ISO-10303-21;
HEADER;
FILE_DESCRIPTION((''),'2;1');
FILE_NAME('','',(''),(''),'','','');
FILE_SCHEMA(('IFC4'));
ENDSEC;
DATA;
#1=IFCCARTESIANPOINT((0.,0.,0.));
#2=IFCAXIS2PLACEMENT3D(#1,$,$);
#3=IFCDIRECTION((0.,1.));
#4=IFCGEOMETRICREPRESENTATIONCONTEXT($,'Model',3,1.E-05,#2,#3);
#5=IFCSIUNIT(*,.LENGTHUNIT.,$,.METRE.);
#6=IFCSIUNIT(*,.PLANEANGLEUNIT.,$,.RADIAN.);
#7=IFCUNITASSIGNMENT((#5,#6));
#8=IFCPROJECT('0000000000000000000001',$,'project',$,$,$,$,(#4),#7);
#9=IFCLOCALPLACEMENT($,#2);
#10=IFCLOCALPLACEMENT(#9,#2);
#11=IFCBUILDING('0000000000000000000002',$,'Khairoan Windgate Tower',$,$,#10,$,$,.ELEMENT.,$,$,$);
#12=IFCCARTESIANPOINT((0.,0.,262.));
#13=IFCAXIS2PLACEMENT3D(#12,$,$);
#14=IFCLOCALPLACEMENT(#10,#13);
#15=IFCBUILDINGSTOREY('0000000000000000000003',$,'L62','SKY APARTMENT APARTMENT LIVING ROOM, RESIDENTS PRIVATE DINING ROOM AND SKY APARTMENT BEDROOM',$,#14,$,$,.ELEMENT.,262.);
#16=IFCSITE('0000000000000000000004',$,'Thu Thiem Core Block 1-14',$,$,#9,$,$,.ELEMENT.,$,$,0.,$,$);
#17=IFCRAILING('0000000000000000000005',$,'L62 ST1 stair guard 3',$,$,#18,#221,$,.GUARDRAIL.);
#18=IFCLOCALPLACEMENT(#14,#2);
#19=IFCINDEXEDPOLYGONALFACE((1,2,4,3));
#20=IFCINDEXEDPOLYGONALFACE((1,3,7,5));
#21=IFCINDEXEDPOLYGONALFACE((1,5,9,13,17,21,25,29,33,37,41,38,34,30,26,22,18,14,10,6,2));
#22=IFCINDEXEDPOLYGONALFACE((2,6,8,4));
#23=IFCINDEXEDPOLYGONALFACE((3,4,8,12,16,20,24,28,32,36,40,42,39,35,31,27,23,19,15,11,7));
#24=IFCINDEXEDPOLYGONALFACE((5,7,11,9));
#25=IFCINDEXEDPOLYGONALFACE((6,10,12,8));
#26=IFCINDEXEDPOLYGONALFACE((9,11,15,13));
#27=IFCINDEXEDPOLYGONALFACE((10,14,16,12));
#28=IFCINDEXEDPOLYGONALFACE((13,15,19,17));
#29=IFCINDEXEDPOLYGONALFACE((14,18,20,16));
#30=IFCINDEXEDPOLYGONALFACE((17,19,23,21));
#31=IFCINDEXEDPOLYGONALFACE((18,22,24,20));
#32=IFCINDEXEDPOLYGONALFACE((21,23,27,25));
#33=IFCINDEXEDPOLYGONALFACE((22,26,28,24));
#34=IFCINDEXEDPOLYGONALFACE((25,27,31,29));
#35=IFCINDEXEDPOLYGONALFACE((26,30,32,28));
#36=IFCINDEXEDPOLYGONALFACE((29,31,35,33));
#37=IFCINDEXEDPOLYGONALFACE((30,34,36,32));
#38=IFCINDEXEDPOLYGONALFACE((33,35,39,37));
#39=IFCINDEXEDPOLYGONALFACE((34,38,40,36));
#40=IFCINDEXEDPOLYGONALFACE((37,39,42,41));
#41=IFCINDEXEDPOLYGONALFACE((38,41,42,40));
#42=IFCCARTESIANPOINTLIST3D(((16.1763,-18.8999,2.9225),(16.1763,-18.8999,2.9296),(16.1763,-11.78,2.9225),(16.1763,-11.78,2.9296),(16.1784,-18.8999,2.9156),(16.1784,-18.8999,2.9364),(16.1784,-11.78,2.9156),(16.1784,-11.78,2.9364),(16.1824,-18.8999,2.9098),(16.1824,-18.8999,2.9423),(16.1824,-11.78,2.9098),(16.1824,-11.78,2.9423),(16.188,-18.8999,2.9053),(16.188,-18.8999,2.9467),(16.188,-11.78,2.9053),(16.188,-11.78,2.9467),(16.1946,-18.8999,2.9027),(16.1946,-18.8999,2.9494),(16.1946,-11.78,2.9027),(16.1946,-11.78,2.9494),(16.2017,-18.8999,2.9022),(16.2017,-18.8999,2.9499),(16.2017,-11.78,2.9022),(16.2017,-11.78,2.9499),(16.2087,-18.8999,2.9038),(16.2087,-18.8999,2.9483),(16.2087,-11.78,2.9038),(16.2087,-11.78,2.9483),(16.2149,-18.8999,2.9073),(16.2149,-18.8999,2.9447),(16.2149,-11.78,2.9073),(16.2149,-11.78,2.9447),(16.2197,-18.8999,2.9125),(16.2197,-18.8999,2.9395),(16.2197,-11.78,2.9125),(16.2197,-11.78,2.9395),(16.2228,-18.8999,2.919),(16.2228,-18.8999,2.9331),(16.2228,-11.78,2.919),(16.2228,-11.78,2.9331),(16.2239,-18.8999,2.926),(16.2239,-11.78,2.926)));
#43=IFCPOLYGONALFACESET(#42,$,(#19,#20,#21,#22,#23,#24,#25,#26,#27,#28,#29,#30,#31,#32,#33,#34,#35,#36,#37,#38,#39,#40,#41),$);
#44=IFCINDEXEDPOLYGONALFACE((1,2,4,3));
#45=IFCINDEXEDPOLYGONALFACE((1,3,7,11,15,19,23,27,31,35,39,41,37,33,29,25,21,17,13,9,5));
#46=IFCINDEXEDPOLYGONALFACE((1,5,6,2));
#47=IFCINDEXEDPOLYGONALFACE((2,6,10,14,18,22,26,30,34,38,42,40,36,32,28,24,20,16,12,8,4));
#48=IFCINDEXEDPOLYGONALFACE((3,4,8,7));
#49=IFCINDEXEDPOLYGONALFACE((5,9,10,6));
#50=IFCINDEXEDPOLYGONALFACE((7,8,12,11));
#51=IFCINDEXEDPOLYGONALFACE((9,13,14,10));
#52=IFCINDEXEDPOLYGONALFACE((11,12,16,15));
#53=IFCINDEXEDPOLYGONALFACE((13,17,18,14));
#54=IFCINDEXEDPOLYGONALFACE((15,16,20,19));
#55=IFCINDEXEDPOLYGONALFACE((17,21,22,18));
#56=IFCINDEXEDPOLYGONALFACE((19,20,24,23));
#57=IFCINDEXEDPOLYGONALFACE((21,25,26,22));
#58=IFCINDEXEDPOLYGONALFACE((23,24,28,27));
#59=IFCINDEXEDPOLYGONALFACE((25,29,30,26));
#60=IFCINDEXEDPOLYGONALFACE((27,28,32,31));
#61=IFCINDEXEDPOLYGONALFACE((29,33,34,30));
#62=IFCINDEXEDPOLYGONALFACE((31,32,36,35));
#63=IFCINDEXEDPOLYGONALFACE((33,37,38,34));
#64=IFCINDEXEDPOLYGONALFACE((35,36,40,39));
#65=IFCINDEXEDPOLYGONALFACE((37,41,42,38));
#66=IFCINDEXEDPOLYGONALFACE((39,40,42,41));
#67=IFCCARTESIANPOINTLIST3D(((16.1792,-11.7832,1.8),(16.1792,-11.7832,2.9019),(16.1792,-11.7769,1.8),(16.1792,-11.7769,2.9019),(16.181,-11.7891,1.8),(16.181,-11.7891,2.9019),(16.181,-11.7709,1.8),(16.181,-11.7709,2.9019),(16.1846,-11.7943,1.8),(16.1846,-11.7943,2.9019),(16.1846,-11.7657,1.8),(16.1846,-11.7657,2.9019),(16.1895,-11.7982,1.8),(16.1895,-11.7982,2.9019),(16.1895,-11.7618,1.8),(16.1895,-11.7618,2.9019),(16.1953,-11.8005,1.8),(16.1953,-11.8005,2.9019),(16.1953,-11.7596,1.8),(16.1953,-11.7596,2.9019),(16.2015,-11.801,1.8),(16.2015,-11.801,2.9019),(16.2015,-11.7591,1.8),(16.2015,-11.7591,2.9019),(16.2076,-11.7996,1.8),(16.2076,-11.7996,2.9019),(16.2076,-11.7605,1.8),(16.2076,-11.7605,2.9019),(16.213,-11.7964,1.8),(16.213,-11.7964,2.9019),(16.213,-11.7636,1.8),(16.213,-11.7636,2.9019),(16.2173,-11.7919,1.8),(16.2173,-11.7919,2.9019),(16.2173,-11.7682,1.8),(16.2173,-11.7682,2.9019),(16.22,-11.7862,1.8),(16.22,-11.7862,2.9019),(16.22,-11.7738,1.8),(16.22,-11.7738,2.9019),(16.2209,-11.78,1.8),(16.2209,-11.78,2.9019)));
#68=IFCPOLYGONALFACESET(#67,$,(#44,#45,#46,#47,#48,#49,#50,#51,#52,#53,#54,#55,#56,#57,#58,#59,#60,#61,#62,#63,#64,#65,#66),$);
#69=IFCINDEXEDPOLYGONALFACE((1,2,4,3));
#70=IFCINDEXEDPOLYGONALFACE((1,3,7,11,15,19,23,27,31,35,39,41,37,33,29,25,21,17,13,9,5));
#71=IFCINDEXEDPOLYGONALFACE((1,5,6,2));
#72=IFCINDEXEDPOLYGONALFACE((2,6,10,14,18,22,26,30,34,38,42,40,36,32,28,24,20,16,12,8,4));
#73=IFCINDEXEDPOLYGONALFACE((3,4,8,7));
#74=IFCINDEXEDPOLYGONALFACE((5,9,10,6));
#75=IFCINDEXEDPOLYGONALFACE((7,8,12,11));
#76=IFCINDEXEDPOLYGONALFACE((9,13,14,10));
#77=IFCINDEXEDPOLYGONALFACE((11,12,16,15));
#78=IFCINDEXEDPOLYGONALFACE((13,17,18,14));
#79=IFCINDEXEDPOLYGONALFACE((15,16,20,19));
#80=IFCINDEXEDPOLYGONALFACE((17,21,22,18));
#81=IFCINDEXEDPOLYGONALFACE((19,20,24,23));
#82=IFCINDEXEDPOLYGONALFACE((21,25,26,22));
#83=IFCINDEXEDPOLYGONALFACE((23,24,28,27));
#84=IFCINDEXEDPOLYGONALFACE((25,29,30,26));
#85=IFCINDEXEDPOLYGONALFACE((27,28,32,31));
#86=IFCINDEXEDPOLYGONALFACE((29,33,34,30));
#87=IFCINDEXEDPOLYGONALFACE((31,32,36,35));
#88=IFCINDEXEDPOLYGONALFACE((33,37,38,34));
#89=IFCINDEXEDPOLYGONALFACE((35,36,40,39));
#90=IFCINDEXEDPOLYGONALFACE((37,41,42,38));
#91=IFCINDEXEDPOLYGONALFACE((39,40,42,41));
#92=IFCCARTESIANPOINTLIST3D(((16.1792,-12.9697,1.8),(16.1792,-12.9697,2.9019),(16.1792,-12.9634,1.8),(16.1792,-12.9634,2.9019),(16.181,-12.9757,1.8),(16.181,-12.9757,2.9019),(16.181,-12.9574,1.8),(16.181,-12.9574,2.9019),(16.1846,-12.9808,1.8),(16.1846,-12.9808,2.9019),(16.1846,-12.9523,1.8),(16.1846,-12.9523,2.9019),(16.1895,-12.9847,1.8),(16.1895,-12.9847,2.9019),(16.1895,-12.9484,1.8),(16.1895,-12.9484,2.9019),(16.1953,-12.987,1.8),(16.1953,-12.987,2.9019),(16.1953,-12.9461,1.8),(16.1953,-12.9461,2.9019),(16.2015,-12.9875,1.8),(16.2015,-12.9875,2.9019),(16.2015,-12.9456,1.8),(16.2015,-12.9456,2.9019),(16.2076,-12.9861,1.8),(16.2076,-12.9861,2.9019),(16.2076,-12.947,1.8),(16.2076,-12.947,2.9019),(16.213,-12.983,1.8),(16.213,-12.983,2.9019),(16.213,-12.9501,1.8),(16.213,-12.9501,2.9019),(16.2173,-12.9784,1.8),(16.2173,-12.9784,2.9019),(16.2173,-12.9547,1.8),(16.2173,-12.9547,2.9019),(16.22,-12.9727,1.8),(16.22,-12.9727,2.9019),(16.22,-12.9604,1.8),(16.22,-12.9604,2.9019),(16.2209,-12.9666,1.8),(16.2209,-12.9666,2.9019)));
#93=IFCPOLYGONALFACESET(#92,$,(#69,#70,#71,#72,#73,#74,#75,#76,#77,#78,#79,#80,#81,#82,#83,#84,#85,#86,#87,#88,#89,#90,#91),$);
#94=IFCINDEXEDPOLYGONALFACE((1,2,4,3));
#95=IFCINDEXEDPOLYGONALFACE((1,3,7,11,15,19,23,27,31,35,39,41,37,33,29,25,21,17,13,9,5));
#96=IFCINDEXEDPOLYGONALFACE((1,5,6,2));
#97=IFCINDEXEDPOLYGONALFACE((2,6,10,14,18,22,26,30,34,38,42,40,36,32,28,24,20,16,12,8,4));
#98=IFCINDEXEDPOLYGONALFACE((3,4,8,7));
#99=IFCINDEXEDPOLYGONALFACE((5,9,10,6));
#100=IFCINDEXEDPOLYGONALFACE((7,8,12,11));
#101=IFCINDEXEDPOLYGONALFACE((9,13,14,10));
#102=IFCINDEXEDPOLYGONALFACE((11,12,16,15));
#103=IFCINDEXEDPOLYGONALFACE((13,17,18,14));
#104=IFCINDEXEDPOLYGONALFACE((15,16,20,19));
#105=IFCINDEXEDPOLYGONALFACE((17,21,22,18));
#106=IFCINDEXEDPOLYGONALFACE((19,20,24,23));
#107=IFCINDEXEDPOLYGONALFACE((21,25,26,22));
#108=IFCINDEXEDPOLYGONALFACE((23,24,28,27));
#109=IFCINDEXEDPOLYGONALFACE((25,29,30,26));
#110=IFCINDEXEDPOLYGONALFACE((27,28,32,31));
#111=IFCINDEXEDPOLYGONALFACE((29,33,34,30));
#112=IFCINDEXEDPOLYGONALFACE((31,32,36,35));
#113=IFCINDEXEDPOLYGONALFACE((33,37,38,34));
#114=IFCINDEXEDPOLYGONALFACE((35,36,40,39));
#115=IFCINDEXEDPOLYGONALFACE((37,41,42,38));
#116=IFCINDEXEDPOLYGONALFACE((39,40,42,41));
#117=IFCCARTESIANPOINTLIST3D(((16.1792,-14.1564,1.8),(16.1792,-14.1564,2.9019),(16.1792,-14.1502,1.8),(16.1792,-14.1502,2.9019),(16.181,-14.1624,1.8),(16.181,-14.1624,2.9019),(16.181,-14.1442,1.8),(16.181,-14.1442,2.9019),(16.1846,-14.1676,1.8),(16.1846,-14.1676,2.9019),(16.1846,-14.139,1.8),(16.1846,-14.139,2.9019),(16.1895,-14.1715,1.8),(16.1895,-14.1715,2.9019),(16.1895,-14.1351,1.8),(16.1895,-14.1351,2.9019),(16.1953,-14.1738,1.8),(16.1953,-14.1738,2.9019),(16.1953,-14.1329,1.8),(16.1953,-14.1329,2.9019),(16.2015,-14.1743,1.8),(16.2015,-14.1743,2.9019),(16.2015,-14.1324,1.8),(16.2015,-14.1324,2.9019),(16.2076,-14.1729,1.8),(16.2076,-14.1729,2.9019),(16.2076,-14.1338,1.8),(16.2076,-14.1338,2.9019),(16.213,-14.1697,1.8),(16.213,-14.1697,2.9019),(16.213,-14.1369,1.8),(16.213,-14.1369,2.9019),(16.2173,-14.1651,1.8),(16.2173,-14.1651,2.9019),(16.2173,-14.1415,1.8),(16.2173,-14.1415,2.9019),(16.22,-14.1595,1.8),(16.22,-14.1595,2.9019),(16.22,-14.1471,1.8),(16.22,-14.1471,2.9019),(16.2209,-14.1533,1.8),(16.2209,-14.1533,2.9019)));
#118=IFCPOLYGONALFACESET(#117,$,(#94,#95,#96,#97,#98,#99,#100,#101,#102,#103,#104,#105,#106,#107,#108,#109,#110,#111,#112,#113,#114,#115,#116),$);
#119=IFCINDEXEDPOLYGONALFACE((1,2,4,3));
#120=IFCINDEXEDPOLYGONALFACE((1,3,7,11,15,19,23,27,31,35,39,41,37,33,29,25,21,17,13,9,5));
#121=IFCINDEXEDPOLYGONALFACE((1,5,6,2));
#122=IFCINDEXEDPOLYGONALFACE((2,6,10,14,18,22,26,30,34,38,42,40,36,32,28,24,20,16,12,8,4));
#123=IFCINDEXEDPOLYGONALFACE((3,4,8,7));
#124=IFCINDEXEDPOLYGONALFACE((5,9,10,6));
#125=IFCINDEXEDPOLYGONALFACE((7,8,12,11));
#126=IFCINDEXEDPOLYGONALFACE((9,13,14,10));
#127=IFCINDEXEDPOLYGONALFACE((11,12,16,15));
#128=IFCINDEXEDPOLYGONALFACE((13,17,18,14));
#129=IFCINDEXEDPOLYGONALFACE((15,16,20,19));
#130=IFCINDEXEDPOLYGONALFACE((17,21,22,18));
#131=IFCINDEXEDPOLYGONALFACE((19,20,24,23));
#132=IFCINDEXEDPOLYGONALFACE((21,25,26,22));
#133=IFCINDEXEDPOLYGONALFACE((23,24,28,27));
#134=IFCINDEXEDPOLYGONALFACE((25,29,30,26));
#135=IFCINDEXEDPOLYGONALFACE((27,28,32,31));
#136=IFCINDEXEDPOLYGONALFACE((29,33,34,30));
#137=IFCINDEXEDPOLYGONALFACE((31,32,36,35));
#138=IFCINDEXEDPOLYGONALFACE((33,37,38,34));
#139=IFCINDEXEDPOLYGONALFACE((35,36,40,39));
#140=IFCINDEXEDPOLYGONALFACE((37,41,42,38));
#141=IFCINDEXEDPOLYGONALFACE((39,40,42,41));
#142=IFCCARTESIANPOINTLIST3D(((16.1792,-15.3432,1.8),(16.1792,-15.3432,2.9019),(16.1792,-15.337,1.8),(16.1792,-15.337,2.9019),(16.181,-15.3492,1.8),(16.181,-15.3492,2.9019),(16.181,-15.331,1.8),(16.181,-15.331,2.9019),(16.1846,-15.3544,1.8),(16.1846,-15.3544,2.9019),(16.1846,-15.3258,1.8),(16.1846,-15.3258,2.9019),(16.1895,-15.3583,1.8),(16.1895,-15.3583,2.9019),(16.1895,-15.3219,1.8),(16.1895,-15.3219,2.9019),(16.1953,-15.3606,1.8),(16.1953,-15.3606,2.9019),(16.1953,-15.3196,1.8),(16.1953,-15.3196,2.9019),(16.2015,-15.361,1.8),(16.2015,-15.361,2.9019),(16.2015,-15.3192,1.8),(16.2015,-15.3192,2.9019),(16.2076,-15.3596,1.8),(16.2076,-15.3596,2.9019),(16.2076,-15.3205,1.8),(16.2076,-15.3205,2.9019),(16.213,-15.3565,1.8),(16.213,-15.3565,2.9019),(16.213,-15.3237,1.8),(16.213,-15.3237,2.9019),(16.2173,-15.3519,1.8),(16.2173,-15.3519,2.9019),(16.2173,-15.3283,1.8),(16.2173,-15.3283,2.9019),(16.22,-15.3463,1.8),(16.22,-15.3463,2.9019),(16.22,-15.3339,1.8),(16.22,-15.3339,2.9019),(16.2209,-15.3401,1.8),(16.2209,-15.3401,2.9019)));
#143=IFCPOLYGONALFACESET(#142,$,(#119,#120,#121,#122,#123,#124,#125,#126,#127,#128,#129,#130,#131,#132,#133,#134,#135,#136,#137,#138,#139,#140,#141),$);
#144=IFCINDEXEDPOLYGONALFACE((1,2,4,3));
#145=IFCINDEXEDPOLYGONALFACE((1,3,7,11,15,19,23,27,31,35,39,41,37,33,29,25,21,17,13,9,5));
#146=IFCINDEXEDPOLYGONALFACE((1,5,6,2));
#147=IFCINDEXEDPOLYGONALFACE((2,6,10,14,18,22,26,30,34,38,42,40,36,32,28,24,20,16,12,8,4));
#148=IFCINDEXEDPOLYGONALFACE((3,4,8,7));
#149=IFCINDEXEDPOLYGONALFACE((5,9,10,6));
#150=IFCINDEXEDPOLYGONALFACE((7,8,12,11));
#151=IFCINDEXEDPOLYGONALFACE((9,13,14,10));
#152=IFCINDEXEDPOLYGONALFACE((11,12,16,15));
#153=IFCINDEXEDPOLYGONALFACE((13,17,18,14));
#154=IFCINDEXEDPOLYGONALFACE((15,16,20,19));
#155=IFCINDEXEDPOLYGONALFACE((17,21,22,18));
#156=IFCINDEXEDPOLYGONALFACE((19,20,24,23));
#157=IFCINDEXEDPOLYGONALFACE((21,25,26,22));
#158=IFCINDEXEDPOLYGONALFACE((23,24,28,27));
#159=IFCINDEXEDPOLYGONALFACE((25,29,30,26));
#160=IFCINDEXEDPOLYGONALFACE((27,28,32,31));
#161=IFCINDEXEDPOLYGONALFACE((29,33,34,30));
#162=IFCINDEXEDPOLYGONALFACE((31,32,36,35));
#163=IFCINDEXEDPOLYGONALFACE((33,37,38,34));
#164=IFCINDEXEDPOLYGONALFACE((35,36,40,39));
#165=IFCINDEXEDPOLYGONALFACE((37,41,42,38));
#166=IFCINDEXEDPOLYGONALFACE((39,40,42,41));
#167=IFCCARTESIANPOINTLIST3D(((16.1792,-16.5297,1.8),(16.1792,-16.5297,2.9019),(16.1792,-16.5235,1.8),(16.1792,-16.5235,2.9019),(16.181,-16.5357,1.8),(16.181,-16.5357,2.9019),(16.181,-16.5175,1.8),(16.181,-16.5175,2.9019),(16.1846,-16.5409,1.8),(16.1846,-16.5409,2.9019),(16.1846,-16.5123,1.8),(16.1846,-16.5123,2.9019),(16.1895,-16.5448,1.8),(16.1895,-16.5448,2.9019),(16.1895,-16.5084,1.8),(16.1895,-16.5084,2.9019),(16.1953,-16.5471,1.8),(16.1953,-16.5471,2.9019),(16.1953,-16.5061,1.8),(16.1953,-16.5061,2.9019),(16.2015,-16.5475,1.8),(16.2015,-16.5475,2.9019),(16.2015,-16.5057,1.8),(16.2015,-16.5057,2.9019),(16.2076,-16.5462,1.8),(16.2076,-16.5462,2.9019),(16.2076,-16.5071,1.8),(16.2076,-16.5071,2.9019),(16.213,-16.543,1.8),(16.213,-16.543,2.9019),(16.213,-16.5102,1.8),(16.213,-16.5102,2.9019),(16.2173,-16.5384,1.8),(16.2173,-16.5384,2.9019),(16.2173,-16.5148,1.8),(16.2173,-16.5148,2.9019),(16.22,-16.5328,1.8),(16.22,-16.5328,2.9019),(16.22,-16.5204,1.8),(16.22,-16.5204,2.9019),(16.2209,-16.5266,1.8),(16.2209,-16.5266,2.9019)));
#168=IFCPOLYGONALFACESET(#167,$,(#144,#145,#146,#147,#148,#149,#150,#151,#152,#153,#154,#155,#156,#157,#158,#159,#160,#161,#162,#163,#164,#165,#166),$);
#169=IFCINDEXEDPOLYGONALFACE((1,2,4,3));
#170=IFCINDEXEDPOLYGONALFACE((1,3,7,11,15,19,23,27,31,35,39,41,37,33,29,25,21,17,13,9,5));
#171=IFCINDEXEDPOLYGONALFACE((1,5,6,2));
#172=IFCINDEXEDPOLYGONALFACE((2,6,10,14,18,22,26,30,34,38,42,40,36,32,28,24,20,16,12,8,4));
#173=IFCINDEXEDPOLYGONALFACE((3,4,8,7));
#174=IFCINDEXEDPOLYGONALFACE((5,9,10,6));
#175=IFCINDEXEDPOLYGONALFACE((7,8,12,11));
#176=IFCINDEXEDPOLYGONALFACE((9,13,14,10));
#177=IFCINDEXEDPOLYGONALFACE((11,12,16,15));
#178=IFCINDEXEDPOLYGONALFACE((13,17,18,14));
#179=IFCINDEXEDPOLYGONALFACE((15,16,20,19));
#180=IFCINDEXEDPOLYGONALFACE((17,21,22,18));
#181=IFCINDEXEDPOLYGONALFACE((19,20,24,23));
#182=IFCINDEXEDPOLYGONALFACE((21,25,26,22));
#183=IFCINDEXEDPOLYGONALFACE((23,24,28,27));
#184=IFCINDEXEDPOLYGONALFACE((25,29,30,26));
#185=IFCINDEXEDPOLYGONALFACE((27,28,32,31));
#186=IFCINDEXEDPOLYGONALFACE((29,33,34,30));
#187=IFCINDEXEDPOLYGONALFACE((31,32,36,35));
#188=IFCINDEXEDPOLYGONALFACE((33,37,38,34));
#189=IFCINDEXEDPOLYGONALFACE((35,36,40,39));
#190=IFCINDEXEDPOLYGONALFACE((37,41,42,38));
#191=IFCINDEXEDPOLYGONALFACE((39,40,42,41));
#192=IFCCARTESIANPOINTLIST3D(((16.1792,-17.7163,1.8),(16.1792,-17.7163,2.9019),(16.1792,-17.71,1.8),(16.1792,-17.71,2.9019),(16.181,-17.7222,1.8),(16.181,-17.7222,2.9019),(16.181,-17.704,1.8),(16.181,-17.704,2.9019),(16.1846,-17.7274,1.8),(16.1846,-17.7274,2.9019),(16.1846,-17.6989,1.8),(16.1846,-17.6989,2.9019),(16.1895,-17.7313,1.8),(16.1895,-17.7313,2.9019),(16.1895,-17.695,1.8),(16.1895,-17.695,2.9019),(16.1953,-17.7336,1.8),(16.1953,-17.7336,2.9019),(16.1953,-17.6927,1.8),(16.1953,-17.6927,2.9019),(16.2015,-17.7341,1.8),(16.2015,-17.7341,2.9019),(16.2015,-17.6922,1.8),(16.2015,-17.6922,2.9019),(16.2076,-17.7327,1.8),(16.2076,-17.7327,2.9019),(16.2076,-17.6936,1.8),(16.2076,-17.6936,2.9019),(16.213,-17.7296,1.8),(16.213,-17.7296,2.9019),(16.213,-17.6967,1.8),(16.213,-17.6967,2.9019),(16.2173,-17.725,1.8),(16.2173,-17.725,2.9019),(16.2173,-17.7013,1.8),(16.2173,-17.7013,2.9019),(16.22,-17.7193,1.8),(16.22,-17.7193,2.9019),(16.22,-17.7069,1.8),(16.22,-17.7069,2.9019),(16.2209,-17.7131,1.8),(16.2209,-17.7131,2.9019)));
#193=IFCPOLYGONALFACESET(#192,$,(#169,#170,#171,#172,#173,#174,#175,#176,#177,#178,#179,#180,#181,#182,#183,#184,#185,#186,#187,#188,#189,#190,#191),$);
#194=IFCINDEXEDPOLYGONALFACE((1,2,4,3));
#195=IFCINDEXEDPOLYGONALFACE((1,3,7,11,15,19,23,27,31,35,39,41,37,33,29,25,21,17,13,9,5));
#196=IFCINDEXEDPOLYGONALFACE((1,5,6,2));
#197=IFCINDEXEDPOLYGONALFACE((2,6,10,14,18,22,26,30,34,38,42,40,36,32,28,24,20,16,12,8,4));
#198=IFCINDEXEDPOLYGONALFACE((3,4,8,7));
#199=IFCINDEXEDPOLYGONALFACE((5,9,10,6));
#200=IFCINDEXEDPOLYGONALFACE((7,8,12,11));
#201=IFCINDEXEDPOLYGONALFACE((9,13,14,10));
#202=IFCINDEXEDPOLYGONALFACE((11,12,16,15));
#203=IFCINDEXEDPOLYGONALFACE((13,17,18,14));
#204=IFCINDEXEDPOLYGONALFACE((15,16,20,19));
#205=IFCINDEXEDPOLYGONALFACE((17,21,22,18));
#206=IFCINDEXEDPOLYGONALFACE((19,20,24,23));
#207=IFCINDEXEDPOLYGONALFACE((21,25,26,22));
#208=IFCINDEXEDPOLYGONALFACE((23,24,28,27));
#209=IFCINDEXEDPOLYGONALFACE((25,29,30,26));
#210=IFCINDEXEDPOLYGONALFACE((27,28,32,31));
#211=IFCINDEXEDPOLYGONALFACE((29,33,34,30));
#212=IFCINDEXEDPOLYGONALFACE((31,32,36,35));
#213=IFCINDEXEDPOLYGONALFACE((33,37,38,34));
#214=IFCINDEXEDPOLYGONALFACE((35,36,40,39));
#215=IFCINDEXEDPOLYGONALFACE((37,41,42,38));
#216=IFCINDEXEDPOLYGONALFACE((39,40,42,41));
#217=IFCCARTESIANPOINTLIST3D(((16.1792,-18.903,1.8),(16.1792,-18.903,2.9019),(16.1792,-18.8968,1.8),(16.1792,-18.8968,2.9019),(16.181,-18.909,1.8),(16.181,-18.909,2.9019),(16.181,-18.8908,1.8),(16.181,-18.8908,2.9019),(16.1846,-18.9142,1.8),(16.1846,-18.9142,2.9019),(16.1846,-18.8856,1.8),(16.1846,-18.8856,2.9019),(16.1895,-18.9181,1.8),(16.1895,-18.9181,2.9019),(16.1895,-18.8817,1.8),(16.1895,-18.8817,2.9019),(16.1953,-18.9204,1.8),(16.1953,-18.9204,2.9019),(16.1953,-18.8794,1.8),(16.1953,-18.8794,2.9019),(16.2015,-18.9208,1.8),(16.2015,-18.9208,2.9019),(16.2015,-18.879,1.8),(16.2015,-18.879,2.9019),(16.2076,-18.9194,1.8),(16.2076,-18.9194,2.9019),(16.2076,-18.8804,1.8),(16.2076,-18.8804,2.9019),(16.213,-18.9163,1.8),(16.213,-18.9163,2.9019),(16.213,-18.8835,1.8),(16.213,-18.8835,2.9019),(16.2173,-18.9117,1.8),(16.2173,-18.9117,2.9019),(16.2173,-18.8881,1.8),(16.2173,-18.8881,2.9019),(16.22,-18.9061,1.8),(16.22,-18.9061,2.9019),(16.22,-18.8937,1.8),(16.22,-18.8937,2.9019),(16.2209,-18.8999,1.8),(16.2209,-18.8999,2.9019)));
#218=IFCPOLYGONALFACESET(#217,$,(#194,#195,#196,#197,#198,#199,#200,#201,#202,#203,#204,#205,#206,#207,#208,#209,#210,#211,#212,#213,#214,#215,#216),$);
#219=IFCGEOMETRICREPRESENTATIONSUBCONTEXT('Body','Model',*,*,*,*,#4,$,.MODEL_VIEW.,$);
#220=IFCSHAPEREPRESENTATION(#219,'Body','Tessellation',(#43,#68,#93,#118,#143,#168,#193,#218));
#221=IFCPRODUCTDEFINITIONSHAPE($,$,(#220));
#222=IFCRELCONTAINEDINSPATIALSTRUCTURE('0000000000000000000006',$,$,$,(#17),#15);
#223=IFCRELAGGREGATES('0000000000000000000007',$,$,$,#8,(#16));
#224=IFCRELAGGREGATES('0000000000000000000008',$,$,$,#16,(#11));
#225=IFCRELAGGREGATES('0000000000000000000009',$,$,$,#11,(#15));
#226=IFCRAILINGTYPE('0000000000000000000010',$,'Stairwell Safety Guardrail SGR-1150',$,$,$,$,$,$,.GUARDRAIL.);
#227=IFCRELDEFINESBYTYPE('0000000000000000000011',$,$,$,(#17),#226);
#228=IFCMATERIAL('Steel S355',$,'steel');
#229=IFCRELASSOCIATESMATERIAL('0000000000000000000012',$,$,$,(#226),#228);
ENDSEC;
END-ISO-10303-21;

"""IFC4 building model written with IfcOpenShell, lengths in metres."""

from ifc_helpers import new_model, si_unit, direction, frame, origin, origin_2d, place, context, subcontext, project, spatial, circle, extrude, material, type_object, element, save


model = new_model("IFC4")

# Units and contexts
model_context = context("Model", 3, precision=1e-05, world=origin(), true_north=direction((0.0, 1.0)))
body_context = subcontext(model_context, "Body", "Model", "MODEL_VIEW")
ifc_project = project(units=[si_unit("LENGTHUNIT", "METRE"), si_unit("PLANEANGLEUNIT", "RADIAN")], contexts=[model_context])

# Site, building, storey
site_placement = place(None, origin())
site = spatial("IfcSite", under=ifc_project, at=site_placement, Name="Thu Thiem Core Block 1-14", CompositionType="ELEMENT", RefElevation=0.0)
building_placement = place(site_placement, origin())
building = spatial("IfcBuilding", under=site, at=building_placement, Name="Khairoan Windgate Tower", CompositionType="ELEMENT")
storey_placement = place(building_placement, frame((0.0, 0.0, 262.0)))
storey = spatial("IfcBuildingStorey", under=building, at=storey_placement, Name="L62", Description="SKY APARTMENT APARTMENT LIVING ROOM, RESIDENTS PRIVATE DINING ROOM AND SKY APARTMENT BEDROOM", CompositionType="ELEMENT", Elevation=262.0)

# Railing
ifc_material_1 = material(Name="Steel S355", Category="steel")
railing_type_1 = type_object("IfcRailingType", Name="Stairwell Safety Guardrail SGR-1150", PredefinedType="GUARDRAIL", material=ifc_material_1)
railing_1_placement = place(storey_placement, frame((16.2, -11.78, 1.8)))
element("IfcRailing", 1, at=railing_1_placement, inside=storey, type_object=railing_type_1, Name="L62 ST1 stair guard 3", PredefinedType="GUARDRAIL", context=body_context, shape_type="SweptSolid", body=[
    extrude(circle(Radius=0.0239, at=origin_2d()), frame((0.0, 0.0, 1.126), z_axis=(0.0, -1.0, 0.0), x_axis=(1.0, 0.0, 0.0)), (0.0, 0.0, 1.0), 7.1199),
    extrude(circle(Radius=0.021, at=origin_2d()), origin(), (0.0, 0.0, 1.0), 1.1018),
    extrude(circle(Radius=0.021, at=origin_2d()), frame((0.0, -1.1865, 0.0)), (0.0, 0.0, 1.0), 1.1018),
    extrude(circle(Radius=0.021, at=origin_2d()), frame((0.0, -2.3733, 0.0)), (0.0, 0.0, 1.0), 1.1018),
    extrude(circle(Radius=0.021, at=origin_2d()), frame((0.0, -3.5601, 0.0)), (0.0, 0.0, 1.0), 1.1018),
    extrude(circle(Radius=0.021, at=origin_2d()), frame((0.0, -4.7466, 0.0)), (0.0, 0.0, 1.0), 1.1018),
    extrude(circle(Radius=0.021, at=origin_2d()), frame((0.0, -5.9331, 0.0)), (0.0, 0.0, 1.0), 1.1018),
    extrude(circle(Radius=0.021, at=origin_2d()), frame((0.0, -7.1199, 0.0)), (0.0, 0.0, 1.0), 1.1018),
])

save(model, "model.ifc")
